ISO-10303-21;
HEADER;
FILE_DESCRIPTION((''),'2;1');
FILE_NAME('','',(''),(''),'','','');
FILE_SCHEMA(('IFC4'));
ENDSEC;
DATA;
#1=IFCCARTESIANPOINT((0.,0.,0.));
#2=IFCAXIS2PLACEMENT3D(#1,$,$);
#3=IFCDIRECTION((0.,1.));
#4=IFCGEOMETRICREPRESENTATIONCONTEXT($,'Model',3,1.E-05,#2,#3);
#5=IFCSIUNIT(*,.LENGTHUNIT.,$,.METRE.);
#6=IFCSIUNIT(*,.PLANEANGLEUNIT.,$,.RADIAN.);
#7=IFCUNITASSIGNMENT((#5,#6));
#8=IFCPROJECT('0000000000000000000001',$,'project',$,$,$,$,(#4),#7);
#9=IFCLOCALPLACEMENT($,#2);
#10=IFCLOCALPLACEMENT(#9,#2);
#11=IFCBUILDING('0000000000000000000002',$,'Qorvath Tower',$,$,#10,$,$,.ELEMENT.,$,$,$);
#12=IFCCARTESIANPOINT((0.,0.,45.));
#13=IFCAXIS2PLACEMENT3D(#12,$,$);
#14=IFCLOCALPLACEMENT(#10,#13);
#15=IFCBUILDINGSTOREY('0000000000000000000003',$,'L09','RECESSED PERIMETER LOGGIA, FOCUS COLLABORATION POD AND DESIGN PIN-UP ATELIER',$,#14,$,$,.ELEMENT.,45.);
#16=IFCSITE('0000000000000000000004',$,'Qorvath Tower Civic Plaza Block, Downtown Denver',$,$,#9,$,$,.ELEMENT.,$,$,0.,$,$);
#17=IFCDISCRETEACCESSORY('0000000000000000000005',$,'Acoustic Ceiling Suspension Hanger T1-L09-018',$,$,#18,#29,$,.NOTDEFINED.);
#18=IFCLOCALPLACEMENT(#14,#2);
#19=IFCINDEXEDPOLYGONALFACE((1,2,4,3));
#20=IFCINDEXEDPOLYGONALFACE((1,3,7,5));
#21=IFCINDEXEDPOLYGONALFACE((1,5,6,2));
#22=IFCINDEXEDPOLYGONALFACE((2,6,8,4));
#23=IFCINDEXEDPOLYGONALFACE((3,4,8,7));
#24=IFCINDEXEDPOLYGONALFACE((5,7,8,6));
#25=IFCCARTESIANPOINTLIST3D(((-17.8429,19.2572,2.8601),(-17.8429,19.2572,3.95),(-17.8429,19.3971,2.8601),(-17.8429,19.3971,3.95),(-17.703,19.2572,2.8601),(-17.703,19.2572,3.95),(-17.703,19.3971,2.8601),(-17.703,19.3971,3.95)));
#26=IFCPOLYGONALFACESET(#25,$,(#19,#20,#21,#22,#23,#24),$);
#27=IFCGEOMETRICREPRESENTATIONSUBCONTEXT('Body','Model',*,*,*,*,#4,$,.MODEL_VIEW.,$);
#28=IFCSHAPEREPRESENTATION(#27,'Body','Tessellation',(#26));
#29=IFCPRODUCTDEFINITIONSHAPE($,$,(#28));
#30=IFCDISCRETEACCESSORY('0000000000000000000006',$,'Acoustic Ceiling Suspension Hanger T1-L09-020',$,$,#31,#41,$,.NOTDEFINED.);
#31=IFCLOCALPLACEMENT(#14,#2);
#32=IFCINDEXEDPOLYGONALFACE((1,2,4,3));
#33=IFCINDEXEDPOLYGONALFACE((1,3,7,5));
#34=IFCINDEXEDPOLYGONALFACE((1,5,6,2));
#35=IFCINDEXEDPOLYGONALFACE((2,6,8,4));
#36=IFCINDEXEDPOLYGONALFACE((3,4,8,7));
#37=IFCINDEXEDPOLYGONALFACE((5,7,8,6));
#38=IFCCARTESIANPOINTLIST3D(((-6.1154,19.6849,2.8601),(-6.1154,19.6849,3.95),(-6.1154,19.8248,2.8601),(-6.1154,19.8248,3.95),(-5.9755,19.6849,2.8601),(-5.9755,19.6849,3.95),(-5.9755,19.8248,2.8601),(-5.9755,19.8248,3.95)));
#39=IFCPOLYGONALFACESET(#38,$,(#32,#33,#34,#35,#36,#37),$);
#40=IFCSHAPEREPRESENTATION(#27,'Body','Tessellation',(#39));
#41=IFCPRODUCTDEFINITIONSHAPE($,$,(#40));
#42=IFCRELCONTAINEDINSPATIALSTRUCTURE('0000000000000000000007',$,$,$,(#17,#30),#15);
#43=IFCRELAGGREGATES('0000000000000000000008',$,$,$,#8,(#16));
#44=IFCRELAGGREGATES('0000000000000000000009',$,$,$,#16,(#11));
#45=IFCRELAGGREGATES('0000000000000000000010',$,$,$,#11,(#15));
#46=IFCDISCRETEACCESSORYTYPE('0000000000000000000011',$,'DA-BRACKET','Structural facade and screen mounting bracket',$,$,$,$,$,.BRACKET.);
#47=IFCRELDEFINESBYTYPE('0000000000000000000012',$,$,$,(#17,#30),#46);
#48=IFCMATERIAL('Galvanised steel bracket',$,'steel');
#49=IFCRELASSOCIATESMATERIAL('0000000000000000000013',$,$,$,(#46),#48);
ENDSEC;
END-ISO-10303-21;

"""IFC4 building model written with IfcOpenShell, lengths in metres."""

from ifc_helpers import new_model, si_unit, direction, frame, origin, origin_2d, place, context, subcontext, project, spatial, rectangle, extrude, material, type_object, element, save


model = new_model("IFC4")

# Units and contexts
model_context = context("Model", 3, precision=1e-05, world=origin(), true_north=direction((0.0, 1.0)))
body_context = subcontext(model_context, "Body", "Model", "MODEL_VIEW")
ifc_project = project(units=[si_unit("LENGTHUNIT", "METRE"), si_unit("PLANEANGLEUNIT", "RADIAN")], contexts=[model_context])

# Site, building, storey
site_placement = place(None, origin())
site = spatial("IfcSite", under=ifc_project, at=site_placement, Name="Qorvath Tower Civic Plaza Block, Downtown Denver", CompositionType="ELEMENT", RefElevation=0.0)
building_placement = place(site_placement, origin())
building = spatial("IfcBuilding", under=site, at=building_placement, Name="Qorvath Tower", CompositionType="ELEMENT")
storey_placement = place(building_placement, frame((0.0, 0.0, 45.0)))
storey = spatial("IfcBuildingStorey", under=building, at=storey_placement, Name="L09", Description="RECESSED PERIMETER LOGGIA, FOCUS COLLABORATION POD AND DESIGN PIN-UP ATELIER", CompositionType="ELEMENT", Elevation=45.0)

# Discrete accessories
ifc_material_1 = material(Name="Galvanised steel bracket", Category="steel")
discrete_accessory_type = type_object("IfcDiscreteAccessoryType", Name="DA-BRACKET", Description="Structural facade and screen mounting bracket", PredefinedType="BRACKET", material=ifc_material_1)
for number, where, z_axis, x_axis, name in (
    (1, (-17.7729, 19.3271, 2.8601), (0.0, 0.0, 1.0), (1.0, 0.0, 0.0), "Acoustic Ceiling Suspension Hanger T1-L09-018"),
    (2, (-6.0454, 19.7549, 2.8601), (0.0, 0.0, 1.0), (1.0, 0.0, 0.0), "Acoustic Ceiling Suspension Hanger T1-L09-020"),
):
    element("IfcDiscreteAccessory", number, at=place(storey_placement, frame(where, z_axis=z_axis, x_axis=x_axis)), inside=storey, type_object=discrete_accessory_type, Name=name, PredefinedType="NOTDEFINED", context=body_context, shape_type="SweptSolid", body=[
        extrude(rectangle(XDim=0.1399, YDim=0.1399, at=origin_2d()), origin(), (0.0, 0.0, 1.0), 1.0898),
    ])

save(model, "model.ifc")
